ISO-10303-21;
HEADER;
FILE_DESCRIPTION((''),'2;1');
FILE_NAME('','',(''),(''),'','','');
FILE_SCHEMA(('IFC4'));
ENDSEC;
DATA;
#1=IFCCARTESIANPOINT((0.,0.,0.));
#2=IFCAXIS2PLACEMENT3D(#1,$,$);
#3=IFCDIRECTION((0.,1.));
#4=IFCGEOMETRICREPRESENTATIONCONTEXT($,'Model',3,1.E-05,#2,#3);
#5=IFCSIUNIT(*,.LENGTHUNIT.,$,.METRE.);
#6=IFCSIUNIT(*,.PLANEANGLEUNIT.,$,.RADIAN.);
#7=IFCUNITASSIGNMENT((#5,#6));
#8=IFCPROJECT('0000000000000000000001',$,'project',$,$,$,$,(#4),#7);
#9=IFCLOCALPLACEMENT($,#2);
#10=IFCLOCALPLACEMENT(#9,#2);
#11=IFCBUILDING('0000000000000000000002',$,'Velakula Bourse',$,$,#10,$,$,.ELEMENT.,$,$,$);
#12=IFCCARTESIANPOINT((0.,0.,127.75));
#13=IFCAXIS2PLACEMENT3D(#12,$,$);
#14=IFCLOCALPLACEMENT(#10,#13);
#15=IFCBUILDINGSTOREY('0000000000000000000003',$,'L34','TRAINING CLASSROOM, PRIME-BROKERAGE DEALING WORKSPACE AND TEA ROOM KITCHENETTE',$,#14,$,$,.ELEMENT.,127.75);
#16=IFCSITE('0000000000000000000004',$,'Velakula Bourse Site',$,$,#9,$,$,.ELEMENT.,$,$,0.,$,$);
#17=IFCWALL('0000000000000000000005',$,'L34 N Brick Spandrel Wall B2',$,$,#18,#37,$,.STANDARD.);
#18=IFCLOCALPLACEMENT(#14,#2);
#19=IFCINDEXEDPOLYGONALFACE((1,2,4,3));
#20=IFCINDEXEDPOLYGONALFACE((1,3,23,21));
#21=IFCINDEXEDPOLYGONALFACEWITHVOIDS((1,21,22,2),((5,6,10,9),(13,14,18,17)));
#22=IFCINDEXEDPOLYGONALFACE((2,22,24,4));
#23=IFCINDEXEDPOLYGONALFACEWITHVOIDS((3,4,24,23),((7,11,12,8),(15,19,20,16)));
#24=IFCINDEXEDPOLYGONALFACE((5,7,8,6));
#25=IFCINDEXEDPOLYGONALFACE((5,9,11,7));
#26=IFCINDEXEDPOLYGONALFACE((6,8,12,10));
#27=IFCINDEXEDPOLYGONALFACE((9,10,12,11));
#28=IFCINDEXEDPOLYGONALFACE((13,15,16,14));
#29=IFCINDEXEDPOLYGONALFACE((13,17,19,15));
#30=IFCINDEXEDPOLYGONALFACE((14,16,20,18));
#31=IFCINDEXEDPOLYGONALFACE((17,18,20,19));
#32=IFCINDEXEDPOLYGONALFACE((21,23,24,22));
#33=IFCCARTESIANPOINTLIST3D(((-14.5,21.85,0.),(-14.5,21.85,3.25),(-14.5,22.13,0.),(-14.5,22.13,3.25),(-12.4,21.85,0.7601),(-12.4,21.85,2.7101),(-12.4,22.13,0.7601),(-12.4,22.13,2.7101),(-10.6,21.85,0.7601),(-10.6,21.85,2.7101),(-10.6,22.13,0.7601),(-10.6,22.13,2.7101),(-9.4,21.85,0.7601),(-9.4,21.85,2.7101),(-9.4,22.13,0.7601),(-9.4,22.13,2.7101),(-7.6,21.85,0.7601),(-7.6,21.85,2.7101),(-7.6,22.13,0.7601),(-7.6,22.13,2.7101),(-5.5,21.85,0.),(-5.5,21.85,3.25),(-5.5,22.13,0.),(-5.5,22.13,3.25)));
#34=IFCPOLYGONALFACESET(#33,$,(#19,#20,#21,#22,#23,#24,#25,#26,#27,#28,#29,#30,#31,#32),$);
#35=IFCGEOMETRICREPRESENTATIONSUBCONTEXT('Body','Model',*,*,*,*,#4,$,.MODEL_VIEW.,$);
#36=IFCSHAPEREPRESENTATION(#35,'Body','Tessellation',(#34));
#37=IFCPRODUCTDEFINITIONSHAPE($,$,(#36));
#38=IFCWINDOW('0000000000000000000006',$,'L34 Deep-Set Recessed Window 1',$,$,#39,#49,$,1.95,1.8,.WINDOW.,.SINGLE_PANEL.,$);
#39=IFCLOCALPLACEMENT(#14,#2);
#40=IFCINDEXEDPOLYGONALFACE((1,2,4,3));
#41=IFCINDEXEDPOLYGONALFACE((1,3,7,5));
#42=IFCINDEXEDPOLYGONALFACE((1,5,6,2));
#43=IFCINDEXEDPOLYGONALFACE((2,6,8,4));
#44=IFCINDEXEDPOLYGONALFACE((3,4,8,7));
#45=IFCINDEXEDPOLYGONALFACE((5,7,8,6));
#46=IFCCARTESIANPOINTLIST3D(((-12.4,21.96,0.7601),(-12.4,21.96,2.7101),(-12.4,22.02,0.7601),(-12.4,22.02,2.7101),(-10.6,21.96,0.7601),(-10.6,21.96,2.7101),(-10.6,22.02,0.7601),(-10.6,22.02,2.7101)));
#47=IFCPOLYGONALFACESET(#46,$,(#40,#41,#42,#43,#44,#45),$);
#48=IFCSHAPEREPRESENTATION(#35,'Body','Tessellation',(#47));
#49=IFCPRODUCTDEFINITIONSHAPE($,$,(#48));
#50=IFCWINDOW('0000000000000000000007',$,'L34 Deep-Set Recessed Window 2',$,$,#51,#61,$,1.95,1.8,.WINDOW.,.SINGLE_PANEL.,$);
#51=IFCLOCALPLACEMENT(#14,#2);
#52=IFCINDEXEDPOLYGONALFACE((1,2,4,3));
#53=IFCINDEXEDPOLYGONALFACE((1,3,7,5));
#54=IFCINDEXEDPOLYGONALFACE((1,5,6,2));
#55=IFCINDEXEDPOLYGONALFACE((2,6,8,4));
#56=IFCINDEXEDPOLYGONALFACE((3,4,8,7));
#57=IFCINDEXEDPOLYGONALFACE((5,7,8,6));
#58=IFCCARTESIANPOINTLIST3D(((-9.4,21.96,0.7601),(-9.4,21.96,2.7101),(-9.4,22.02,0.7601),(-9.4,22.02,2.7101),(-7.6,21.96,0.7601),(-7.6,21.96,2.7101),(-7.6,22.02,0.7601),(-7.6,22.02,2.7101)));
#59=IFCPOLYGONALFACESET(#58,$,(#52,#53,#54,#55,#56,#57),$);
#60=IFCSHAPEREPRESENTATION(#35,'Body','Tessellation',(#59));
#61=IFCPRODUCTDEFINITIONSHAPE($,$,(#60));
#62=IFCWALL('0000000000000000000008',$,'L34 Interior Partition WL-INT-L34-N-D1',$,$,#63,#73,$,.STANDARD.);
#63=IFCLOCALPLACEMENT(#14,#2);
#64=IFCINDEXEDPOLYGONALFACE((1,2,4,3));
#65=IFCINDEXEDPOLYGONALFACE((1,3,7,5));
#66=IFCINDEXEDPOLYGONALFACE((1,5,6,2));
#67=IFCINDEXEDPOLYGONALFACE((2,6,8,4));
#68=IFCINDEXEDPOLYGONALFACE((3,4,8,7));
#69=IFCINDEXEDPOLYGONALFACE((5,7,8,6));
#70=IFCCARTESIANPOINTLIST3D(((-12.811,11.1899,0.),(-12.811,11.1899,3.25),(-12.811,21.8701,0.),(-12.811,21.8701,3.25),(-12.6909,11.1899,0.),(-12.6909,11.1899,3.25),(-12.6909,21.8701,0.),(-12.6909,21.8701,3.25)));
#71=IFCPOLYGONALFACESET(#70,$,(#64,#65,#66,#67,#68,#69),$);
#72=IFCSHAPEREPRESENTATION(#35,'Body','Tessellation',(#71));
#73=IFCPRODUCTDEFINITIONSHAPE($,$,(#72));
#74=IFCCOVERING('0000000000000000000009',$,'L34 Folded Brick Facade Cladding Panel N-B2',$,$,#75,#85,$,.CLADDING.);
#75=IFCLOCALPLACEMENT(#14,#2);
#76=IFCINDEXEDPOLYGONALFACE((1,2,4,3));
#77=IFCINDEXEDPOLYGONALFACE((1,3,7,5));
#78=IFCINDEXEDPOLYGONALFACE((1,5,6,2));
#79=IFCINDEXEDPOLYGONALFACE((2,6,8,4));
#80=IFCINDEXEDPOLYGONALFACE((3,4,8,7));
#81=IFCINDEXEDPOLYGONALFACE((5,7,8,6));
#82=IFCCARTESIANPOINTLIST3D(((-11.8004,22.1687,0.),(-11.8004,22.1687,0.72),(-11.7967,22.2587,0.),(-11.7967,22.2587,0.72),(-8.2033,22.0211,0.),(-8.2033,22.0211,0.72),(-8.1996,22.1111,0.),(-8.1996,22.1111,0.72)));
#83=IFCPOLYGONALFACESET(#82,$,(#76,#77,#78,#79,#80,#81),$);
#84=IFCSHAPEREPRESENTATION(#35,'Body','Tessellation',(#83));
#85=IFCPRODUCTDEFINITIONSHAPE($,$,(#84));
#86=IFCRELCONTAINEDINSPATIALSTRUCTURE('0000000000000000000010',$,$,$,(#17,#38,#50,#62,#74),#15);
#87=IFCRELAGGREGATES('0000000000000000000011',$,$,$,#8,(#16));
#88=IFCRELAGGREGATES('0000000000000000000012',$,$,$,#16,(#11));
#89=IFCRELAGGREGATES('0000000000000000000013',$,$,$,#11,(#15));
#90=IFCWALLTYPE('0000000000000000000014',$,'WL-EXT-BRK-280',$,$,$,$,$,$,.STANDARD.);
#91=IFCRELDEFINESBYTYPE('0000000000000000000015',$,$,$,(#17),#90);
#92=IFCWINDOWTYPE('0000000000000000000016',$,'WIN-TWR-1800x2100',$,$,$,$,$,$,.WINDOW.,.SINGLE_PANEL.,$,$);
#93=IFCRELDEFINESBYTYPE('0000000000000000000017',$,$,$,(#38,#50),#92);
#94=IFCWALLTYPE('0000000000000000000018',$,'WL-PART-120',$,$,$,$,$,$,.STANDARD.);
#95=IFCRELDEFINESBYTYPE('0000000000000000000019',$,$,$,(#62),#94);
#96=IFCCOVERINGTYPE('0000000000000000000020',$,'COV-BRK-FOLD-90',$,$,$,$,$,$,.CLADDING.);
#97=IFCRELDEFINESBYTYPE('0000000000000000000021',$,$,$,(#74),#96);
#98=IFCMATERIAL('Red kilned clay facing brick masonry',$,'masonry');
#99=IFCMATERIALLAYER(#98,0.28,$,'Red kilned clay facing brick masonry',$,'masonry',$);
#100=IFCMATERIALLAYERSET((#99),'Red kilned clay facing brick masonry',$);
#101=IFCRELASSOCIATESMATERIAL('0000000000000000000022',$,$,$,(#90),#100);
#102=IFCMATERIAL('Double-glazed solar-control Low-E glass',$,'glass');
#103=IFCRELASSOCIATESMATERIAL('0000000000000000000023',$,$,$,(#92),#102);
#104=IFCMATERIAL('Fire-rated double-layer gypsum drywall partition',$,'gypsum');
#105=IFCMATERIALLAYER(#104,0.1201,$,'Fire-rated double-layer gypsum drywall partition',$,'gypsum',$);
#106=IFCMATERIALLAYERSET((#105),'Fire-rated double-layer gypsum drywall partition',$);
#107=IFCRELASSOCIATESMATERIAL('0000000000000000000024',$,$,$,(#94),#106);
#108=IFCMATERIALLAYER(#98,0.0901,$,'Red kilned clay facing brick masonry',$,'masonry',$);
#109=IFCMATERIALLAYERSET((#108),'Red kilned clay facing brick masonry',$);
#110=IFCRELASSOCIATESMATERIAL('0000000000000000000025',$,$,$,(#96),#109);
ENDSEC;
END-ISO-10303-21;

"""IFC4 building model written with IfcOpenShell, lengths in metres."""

from ifc_helpers import new_model, si_unit, direction, frame, frame_2d, origin, origin_2d, place, context, subcontext, project, spatial, rectangle, extrude, material, layer, layer_set, type_object, element, fill, save


model = new_model("IFC4")

# Units and contexts
model_context = context("Model", 3, precision=1e-05, world=origin(), true_north=direction((0.0, 1.0)))
body_context = subcontext(model_context, "Body", "Model", "MODEL_VIEW")
ifc_project = project(units=[si_unit("LENGTHUNIT", "METRE"), si_unit("PLANEANGLEUNIT", "RADIAN")], contexts=[model_context])

# Site, building, storey
site_placement = place(None, origin())
site = spatial("IfcSite", under=ifc_project, at=site_placement, Name="Velakula Bourse Site", CompositionType="ELEMENT", RefElevation=0.0)
building_placement = place(site_placement, origin())
building = spatial("IfcBuilding", under=site, at=building_placement, Name="Velakula Bourse", CompositionType="ELEMENT")
storey_placement = place(building_placement, frame((0.0, 0.0, 127.75)))
storey = spatial("IfcBuildingStorey", under=building, at=storey_placement, Name="L34", Description="TRAINING CLASSROOM, PRIME-BROKERAGE DEALING WORKSPACE AND TEA ROOM KITCHENETTE", CompositionType="ELEMENT", Elevation=127.75)

# Wall, openings, windows
ifc_material_1 = material(Name="Red kilned clay facing brick masonry", Category="masonry")
ifc_layer_1 = layer(ifc_material_1, 0.28, Name="Red kilned clay facing brick masonry", Category="masonry")
ifc_layer_set_1 = layer_set([ifc_layer_1], Name="Red kilned clay facing brick masonry")
wall_type_1 = type_object("IfcWallType", Name="WL-EXT-BRK-280", PredefinedType="STANDARD", material=ifc_layer_set_1)
wall_1_placement = place(storey_placement, frame((-14.5, 21.99, 0.0), z_axis=(0.0, 0.0, 1.0), x_axis=(1.0, 0.0, 0.0)))
wall_1 = element("IfcWall", 1, at=wall_1_placement, inside=storey, type_object=wall_type_1, Name="L34 N Brick Spandrel Wall B2", PredefinedType="STANDARD", context=body_context, shape_type="SweptSolid", body=[
    extrude(rectangle(XDim=9.0, YDim=0.28, at=frame_2d((4.5, 0.0))), origin(), (0.0, 0.0, 1.0), 3.25),
])
opening_1_placement = place(wall_1_placement, frame((2.1001, 0.0, 0.76)))
opening_1 = element("IfcOpeningElement", 2, at=opening_1_placement, cuts=wall_1, PredefinedType="OPENING", context=body_context, shape_type="SweptSolid", body=[
    extrude(rectangle(XDim=1.8, YDim=1.95, at=frame_2d((0.8999, 0.9751))), frame((0.0, 0.1499, 0.0), z_axis=(0.0, -1.0, 0.0), x_axis=(1.0, 0.0, 0.0)), (0.0, 0.0, 1.0), 0.3),
])
opening_2_placement = place(wall_1_placement, frame((5.1001, 0.0, 0.76)))
opening_2 = element("IfcOpeningElement", 3, at=opening_2_placement, cuts=wall_1, PredefinedType="OPENING", context=body_context, shape_type="SweptSolid", body=[
    extrude(rectangle(XDim=1.8, YDim=1.95, at=frame_2d((0.8999, 0.9751))), frame((0.0, 0.1499, 0.0), z_axis=(0.0, -1.0, 0.0), x_axis=(1.0, 0.0, 0.0)), (0.0, 0.0, 1.0), 0.3),
])
ifc_material_2 = material(Name="Double-glazed solar-control Low-E glass", Category="glass")
window_type = type_object("IfcWindowType", Name="WIN-TWR-1800x2100", PartitioningType="SINGLE_PANEL", PredefinedType="WINDOW", material=ifc_material_2)
window_1_placement = place(opening_1_placement, origin())
window_1 = element("IfcWindow", 4, at=window_1_placement, inside=storey, type_object=window_type, Name="L34 Deep-Set Recessed Window 1", OverallHeight=1.95, OverallWidth=1.8, PartitioningType="SINGLE_PANEL", PredefinedType="WINDOW", context=body_context, shape_type="SweptSolid", body=[
    extrude(rectangle(XDim=1.8, YDim=1.95, at=frame_2d((0.8999, 0.9751))), frame((0.0, 0.03, 0.0), z_axis=(0.0, -1.0, 0.0), x_axis=(1.0, 0.0, 0.0)), (0.0, 0.0, 1.0), 0.0601),
])
fill(opening_1, window_1)
window_2_placement = place(opening_2_placement, origin())
window_2 = element("IfcWindow", 5, at=window_2_placement, inside=storey, type_object=window_type, Name="L34 Deep-Set Recessed Window 2", OverallHeight=1.95, OverallWidth=1.8, PartitioningType="SINGLE_PANEL", PredefinedType="WINDOW", context=body_context, shape_type="SweptSolid", body=[
    extrude(rectangle(XDim=1.8, YDim=1.95, at=frame_2d((0.8999, 0.9751))), frame((0.0, 0.03, 0.0), z_axis=(0.0, -1.0, 0.0), x_axis=(1.0, 0.0, 0.0)), (0.0, 0.0, 1.0), 0.0601),
])
fill(opening_2, window_2)

# Wall
ifc_material_3 = material(Name="Fire-rated double-layer gypsum drywall partition", Category="gypsum")
ifc_layer_2 = layer(ifc_material_3, 0.1201, Name="Fire-rated double-layer gypsum drywall partition", Category="gypsum")
ifc_layer_set_2 = layer_set([ifc_layer_2], Name="Fire-rated double-layer gypsum drywall partition")
wall_type_2 = type_object("IfcWallType", Name="WL-PART-120", PredefinedType="STANDARD", material=ifc_layer_set_2)
wall_2_placement = place(storey_placement, frame((-12.751, 11.1899, 0.0), z_axis=(0.0, 0.0, 1.0), x_axis=(0.0, 1.0, 0.0)))
element("IfcWall", 6, at=wall_2_placement, inside=storey, type_object=wall_type_2, Name="L34 Interior Partition WL-INT-L34-N-D1", PredefinedType="STANDARD", context=body_context, shape_type="SweptSolid", body=[
    extrude(rectangle(XDim=10.6802, YDim=0.1201, at=frame_2d((5.3401, 0.0))), origin(), (0.0, 0.0, 1.0), 3.25),
])

# Covering
ifc_layer_3 = layer(ifc_material_1, 0.0901, Name="Red kilned clay facing brick masonry", Category="masonry")
ifc_layer_set_3 = layer_set([ifc_layer_3], Name="Red kilned clay facing brick masonry")
covering_type = type_object("IfcCoveringType", Name="COV-BRK-FOLD-90", PredefinedType="CLADDING", material=ifc_layer_set_3)
covering_placement = place(storey_placement, frame((-10.0, 22.1399, 0.0), z_axis=(0.0, 0.0, 1.0), x_axis=(0.999159, -0.041004, 0.0)))
element("IfcCovering", 7, at=covering_placement, inside=storey, type_object=covering_type, Name="L34 Folded Brick Facade Cladding Panel N-B2", PredefinedType="CLADDING", context=body_context, shape_type="SweptSolid", body=[
    extrude(rectangle(XDim=3.6001, YDim=0.0901, at=origin_2d()), origin(), (0.0, 0.0, 1.0), 0.72),
])

save(model, "model.ifc")
